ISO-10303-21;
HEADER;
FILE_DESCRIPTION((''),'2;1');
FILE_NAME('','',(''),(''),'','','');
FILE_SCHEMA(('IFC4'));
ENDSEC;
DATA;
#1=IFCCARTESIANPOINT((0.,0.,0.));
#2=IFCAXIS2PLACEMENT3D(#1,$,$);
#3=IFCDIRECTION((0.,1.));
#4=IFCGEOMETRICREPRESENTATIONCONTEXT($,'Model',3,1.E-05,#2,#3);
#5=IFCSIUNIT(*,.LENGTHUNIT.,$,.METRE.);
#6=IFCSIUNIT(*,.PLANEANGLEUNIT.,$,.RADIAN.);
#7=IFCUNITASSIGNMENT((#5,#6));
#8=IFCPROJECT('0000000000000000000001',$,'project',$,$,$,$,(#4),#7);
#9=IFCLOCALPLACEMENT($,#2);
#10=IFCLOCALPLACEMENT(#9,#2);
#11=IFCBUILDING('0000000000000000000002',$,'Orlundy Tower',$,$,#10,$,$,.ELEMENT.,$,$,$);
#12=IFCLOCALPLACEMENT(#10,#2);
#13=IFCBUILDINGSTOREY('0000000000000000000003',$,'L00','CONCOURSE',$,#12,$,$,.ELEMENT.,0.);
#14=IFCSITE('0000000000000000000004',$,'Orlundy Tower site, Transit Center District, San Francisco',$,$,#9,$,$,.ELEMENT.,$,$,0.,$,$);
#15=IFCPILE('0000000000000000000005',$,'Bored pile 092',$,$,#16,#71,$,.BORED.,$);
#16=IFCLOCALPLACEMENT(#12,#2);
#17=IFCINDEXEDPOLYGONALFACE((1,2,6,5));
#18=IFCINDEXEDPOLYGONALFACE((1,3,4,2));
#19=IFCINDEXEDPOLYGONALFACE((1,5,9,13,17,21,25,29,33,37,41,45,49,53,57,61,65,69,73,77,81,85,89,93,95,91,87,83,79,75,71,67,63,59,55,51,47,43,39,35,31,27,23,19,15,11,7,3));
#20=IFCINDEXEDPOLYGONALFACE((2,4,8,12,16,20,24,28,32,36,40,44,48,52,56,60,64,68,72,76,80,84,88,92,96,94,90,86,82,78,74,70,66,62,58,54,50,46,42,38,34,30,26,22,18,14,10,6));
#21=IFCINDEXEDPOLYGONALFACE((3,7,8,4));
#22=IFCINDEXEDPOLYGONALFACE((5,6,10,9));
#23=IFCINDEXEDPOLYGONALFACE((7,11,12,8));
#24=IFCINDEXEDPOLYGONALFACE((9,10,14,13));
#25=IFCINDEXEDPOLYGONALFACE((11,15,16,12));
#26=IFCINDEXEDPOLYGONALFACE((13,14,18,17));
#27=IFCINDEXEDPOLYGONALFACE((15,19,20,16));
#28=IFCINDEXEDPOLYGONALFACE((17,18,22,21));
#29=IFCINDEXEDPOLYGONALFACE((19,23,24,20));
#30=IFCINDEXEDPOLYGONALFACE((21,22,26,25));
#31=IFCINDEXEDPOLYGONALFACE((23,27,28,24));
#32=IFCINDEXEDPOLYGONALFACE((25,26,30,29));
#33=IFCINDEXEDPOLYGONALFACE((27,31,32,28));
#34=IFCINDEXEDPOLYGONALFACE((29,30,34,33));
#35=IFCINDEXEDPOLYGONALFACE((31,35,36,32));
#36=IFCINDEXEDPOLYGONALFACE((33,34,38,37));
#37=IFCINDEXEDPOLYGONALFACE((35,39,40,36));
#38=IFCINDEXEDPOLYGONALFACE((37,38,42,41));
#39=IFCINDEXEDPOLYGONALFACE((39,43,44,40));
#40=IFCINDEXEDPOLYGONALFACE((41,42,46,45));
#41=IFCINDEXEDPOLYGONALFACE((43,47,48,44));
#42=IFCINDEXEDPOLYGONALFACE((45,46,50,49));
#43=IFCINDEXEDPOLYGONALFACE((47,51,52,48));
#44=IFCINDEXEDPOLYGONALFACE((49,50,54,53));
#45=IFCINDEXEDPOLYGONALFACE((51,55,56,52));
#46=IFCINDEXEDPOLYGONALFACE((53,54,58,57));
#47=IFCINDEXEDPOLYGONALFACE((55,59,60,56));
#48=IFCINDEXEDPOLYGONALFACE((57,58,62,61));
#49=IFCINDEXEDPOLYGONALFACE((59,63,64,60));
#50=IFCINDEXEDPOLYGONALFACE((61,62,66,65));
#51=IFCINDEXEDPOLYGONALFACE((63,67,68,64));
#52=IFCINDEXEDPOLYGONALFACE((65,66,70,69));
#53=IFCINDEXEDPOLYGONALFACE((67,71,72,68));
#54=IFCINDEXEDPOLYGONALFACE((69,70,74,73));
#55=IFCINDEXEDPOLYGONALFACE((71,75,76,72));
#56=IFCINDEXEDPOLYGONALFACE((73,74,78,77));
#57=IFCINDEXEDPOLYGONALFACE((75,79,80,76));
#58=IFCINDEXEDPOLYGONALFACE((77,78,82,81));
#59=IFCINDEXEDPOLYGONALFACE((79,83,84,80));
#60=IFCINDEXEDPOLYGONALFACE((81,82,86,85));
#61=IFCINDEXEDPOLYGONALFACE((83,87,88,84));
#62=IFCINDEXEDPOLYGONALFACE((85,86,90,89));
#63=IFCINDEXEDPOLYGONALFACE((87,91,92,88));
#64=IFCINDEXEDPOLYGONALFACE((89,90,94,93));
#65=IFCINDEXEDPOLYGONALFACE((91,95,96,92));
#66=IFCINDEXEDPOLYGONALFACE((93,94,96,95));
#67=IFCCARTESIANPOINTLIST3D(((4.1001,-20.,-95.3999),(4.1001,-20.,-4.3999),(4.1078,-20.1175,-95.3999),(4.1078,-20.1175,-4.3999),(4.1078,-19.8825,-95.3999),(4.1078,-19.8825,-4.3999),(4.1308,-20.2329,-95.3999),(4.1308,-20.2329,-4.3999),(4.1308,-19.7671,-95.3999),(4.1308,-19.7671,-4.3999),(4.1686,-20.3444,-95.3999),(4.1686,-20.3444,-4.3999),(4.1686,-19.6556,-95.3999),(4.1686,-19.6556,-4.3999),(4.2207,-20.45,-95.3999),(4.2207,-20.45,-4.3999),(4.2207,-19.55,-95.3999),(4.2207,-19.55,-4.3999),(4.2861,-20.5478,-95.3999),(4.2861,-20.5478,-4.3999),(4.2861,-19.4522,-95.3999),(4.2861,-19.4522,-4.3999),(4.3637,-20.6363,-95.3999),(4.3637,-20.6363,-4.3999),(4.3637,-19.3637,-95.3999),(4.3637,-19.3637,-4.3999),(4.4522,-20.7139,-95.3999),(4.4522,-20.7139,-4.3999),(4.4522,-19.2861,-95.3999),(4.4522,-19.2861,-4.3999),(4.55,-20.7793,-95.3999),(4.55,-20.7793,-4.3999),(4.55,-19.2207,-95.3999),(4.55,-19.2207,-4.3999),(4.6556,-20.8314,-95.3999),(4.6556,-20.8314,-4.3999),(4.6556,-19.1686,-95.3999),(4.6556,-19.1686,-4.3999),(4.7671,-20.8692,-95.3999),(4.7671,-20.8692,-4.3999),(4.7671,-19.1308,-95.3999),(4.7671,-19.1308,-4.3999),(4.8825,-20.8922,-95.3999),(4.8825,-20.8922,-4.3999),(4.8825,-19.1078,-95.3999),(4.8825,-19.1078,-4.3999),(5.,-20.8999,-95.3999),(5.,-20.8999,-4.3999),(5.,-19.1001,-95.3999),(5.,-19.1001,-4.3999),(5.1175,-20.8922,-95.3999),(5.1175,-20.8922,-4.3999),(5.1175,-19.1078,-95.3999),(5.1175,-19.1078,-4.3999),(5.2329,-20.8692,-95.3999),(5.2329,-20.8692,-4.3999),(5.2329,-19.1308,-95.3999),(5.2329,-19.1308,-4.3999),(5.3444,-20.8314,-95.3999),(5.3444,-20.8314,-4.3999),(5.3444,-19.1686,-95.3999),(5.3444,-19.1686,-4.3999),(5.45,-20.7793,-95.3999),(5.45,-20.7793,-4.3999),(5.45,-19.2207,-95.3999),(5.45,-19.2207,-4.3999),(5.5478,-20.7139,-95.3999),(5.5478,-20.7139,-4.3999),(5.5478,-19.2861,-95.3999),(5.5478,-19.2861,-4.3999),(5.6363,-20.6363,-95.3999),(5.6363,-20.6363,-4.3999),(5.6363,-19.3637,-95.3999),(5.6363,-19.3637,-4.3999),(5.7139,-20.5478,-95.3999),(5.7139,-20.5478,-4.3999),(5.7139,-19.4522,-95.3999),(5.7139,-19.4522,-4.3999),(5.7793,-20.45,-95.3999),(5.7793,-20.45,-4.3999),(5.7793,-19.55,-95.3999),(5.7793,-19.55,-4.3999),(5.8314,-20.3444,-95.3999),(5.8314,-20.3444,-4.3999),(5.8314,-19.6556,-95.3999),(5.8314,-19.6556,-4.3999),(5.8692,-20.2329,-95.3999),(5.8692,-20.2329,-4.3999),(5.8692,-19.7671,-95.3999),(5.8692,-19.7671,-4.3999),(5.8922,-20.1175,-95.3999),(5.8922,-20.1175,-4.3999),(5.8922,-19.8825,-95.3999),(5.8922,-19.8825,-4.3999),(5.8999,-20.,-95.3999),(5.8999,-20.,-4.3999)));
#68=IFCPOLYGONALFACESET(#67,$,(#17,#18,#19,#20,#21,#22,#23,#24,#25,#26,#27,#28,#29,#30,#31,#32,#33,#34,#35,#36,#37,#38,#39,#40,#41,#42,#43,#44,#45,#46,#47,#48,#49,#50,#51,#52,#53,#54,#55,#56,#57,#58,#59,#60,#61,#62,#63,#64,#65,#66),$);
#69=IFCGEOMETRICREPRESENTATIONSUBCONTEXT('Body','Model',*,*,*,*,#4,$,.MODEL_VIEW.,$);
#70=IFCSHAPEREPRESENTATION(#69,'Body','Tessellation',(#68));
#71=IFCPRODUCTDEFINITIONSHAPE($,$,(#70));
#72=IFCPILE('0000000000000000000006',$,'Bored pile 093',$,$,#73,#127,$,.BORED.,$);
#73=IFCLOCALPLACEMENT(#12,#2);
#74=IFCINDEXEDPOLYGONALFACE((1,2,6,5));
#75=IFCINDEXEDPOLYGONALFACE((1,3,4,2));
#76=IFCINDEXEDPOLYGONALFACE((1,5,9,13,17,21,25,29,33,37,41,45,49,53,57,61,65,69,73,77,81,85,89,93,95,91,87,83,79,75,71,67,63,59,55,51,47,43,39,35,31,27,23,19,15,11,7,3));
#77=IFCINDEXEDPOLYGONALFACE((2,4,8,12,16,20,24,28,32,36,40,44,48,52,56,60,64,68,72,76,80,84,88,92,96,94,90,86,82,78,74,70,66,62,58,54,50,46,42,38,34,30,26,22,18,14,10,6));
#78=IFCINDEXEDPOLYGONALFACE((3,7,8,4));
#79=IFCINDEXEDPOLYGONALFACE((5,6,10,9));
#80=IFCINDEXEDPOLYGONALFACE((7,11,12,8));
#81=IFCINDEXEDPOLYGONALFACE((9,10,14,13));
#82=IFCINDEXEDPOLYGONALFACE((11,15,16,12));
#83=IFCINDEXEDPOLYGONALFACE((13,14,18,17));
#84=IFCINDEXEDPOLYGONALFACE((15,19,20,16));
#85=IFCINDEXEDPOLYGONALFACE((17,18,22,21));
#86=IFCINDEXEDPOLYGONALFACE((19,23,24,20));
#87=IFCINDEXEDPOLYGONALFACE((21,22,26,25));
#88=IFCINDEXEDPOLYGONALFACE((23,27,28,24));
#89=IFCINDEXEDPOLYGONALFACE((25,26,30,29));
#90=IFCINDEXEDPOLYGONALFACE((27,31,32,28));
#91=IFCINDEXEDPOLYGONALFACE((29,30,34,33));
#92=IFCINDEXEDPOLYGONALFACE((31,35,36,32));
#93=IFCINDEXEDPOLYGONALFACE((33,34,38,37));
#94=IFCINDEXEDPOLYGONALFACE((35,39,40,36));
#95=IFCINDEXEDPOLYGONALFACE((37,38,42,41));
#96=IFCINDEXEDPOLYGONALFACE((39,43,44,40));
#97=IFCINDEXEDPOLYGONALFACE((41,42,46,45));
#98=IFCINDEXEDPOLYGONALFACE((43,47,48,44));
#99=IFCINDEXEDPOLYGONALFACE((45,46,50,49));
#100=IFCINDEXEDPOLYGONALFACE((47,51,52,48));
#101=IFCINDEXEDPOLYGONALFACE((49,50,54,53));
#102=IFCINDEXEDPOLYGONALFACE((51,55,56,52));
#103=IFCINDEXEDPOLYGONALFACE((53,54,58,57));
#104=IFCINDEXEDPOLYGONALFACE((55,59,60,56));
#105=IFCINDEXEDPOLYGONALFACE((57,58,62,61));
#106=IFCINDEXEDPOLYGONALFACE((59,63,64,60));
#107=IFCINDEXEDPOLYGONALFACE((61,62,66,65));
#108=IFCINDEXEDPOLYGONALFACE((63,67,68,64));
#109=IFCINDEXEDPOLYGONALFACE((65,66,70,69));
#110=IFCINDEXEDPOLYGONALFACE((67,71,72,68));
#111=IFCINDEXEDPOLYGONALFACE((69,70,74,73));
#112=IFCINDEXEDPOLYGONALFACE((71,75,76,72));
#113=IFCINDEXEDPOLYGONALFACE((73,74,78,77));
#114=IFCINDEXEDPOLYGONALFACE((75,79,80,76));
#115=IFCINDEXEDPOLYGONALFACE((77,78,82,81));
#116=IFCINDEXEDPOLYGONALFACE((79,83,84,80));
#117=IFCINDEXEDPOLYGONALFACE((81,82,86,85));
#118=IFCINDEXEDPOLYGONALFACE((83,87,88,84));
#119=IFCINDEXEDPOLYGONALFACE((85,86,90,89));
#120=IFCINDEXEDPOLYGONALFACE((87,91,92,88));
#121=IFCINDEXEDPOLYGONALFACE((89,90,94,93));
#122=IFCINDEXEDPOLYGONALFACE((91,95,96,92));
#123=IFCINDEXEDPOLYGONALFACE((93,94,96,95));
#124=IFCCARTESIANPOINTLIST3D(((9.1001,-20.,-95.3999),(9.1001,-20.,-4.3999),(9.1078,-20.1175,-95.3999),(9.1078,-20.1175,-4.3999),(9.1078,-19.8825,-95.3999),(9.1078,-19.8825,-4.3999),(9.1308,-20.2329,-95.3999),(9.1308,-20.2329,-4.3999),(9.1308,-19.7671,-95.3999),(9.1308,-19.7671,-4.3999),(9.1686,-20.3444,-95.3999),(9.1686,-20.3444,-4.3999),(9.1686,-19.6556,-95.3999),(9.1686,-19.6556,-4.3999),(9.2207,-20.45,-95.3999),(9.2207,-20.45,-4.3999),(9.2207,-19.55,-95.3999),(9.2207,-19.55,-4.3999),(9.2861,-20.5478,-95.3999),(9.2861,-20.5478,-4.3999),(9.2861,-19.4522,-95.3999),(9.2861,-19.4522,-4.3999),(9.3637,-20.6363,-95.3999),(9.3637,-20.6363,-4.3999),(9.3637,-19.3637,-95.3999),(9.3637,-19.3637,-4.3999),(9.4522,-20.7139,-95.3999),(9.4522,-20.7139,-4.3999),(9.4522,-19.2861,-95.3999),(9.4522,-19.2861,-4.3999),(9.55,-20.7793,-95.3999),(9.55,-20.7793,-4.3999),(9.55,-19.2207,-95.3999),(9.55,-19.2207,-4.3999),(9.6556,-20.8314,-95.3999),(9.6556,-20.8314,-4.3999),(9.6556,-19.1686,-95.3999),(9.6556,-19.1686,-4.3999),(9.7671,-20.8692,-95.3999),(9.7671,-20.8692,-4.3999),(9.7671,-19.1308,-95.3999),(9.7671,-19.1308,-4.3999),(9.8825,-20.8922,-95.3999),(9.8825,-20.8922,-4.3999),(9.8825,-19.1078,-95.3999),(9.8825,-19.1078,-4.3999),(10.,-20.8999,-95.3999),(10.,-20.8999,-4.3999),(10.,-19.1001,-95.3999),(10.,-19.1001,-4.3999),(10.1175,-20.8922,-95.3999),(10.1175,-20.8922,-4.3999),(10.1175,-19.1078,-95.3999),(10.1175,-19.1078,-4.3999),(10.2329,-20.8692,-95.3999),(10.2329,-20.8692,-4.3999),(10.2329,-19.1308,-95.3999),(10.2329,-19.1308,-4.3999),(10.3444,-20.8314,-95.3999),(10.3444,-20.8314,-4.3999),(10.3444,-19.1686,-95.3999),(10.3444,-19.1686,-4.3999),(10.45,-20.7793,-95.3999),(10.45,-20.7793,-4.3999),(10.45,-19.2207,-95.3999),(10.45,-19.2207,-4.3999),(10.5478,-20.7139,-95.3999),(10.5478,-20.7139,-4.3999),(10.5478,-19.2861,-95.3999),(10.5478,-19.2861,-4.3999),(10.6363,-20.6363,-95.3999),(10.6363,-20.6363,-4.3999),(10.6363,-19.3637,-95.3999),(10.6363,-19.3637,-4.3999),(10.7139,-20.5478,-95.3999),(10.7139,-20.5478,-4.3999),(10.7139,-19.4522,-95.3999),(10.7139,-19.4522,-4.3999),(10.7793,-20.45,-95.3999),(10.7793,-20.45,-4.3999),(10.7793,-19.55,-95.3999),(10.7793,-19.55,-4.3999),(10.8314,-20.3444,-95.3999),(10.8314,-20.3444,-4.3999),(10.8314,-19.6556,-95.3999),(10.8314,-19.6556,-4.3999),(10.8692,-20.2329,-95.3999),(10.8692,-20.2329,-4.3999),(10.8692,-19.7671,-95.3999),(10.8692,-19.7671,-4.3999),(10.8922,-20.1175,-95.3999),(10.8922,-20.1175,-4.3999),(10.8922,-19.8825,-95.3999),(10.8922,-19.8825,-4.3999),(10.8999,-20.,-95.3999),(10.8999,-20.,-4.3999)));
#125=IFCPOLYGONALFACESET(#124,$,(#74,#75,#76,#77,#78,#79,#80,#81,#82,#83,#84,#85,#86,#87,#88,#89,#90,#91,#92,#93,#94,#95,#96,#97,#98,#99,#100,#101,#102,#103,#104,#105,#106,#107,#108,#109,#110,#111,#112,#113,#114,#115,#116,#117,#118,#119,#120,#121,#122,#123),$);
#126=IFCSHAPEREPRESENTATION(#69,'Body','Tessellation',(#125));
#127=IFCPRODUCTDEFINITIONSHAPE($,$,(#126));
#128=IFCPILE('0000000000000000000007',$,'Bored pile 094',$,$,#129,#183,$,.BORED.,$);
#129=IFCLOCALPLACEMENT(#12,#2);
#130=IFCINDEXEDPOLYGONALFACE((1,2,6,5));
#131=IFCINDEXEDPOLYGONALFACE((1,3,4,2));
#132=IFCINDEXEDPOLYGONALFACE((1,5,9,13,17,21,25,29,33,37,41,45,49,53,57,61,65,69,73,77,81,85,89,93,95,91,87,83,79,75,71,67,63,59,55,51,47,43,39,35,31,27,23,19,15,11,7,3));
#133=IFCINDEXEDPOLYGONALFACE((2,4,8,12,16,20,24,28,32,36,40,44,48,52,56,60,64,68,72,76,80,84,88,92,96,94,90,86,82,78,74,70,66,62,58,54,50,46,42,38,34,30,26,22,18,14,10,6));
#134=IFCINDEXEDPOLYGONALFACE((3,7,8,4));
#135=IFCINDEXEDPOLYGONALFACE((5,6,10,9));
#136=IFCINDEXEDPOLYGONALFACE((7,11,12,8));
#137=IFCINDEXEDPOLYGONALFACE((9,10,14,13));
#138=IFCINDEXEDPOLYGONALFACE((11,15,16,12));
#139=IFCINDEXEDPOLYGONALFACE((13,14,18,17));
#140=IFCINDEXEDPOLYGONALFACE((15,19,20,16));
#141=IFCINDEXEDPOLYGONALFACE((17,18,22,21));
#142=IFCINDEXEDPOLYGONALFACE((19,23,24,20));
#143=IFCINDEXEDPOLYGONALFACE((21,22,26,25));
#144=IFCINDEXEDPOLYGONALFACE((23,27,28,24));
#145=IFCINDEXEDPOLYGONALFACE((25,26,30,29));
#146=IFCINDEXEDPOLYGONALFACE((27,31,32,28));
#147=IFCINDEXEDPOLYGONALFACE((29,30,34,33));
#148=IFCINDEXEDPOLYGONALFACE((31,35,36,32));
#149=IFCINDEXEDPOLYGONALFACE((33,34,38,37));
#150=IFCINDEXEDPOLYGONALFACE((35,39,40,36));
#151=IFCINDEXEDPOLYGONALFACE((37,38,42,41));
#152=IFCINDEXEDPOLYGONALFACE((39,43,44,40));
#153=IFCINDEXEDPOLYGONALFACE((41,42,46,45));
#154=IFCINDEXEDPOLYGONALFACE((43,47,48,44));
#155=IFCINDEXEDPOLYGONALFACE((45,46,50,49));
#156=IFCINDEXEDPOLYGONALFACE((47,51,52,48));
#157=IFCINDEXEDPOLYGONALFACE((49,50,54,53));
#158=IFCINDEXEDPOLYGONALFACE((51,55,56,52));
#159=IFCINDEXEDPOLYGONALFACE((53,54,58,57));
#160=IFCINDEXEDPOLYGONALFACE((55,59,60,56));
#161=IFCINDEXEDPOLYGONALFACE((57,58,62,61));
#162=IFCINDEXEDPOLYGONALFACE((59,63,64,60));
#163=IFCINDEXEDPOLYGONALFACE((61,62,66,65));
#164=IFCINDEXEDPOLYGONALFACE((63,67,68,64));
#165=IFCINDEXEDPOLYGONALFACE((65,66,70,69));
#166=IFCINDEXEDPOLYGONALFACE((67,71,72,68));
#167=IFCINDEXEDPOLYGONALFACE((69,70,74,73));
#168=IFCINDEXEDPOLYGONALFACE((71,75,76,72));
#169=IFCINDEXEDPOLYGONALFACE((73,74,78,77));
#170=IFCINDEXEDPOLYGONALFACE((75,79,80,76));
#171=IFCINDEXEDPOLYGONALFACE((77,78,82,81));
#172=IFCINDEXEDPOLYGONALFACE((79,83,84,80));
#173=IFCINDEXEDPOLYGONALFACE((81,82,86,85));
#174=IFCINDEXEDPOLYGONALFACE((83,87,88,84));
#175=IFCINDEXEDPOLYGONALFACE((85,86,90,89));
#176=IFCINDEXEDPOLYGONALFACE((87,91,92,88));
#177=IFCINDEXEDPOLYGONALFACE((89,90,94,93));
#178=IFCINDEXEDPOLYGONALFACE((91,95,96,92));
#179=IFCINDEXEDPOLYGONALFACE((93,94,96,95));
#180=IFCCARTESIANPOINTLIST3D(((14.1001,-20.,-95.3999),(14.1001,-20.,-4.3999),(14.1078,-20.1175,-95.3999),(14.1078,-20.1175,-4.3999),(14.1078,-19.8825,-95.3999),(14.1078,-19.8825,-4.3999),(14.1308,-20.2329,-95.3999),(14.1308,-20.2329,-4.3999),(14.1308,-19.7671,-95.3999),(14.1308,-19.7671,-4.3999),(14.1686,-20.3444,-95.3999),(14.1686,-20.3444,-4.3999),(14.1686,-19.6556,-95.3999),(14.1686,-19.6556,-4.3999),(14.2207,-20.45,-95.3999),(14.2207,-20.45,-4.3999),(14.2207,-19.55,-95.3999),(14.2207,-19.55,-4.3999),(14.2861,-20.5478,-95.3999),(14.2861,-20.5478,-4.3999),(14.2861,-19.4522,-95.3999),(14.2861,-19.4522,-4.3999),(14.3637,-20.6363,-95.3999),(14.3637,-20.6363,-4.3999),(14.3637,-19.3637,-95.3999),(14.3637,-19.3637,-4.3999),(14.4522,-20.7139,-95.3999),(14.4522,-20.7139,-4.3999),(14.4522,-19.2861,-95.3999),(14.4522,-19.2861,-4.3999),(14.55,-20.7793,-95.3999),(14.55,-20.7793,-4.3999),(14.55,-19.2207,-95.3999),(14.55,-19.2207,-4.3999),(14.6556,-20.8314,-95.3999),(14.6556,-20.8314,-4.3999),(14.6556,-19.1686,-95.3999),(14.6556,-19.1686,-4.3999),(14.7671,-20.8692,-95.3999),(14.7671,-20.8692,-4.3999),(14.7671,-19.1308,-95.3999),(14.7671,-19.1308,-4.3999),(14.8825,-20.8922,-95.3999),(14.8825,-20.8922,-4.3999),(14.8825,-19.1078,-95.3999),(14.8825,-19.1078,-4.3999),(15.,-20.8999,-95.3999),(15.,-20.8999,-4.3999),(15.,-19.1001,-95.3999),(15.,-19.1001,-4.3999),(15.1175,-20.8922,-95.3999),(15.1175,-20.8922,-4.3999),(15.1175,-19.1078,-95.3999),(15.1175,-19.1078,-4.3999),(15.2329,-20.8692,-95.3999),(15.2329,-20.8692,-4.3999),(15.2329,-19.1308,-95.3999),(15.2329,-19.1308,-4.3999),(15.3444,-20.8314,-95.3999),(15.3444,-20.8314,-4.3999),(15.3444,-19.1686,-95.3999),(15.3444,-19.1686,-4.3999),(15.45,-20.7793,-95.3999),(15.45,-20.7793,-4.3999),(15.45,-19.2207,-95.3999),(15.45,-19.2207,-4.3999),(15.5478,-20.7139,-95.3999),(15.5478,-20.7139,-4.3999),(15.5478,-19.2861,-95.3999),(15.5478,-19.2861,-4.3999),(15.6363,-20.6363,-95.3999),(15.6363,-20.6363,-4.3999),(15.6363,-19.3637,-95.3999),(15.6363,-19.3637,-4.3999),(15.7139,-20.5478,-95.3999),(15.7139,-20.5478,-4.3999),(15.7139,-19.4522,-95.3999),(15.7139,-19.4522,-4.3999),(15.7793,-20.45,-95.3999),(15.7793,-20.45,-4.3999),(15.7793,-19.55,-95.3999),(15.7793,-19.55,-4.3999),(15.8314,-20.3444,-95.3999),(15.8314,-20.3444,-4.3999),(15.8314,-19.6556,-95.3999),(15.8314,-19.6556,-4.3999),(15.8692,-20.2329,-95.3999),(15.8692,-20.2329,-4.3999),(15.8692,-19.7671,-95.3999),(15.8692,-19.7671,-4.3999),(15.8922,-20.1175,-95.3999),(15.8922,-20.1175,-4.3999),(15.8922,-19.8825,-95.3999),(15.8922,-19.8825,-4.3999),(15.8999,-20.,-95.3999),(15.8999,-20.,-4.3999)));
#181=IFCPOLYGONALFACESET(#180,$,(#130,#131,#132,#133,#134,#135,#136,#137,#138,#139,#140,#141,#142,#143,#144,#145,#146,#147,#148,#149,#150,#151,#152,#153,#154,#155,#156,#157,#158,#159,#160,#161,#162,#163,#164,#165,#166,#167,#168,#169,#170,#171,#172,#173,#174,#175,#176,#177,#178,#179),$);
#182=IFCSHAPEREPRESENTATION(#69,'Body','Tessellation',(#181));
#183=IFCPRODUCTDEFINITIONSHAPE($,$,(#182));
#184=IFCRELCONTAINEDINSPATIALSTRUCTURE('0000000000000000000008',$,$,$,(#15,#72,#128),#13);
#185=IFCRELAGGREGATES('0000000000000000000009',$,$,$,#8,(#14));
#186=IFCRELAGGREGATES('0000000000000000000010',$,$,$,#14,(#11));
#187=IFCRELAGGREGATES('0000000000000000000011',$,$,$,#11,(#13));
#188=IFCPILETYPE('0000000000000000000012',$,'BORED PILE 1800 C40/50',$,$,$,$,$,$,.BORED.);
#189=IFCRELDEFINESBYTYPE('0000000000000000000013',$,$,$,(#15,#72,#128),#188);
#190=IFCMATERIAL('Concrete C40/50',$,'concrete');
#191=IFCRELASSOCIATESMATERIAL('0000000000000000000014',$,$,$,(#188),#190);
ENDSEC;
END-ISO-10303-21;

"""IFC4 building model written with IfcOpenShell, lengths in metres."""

from ifc_helpers import new_model, si_unit, direction, frame, origin, origin_2d, place, context, subcontext, project, spatial, circle, extrude, material, material_profile, profile_set, type_object, element, save


model = new_model("IFC4")

# Units and contexts
model_context = context("Model", 3, precision=1e-05, world=origin(), true_north=direction((0.0, 1.0)))
body_context = subcontext(model_context, "Body", "Model", "MODEL_VIEW")
ifc_project = project(units=[si_unit("LENGTHUNIT", "METRE"), si_unit("PLANEANGLEUNIT", "RADIAN")], contexts=[model_context])

# Site, building, storey
site_placement = place(None, origin())
site = spatial("IfcSite", under=ifc_project, at=site_placement, Name="Orlundy Tower site, Transit Center District, San Francisco", CompositionType="ELEMENT", RefElevation=0.0)
building_placement = place(site_placement, origin())
building = spatial("IfcBuilding", under=site, at=building_placement, Name="Orlundy Tower", CompositionType="ELEMENT")
storey_placement = place(building_placement, origin())
storey = spatial("IfcBuildingStorey", under=building, at=storey_placement, Name="L00", Description="CONCOURSE", CompositionType="ELEMENT", Elevation=0.0)

# Piles
ifc_material_1 = material(Name="Concrete C40/50", Category="concrete")
ifc_material_profile_1 = material_profile(ifc_material_1, circle(Radius=0.8999, at=origin_2d()), Name="BP1800")
ifc_profile_set_1 = profile_set([ifc_material_profile_1], Name="Concrete C40/50")
pile_type = type_object("IfcPileType", Name="BORED PILE 1800 C40/50", PredefinedType="BORED", material=ifc_profile_set_1)
for number, where, z_axis, x_axis, name in (
    (1, (5.0, -20.0, -4.3999), (0.0, 0.0, -1.0), (1.0, 0.0, 0.0), "Bored pile 092"),
    (2, (10.0, -20.0, -4.3999), (0.0, 0.0, -1.0), (1.0, 0.0, 0.0), "Bored pile 093"),
    (3, (15.0, -20.0, -4.3999), (0.0, 0.0, -1.0), (1.0, 0.0, 0.0), "Bored pile 094"),
):
    element("IfcPile", number, at=place(storey_placement, frame(where, z_axis=z_axis, x_axis=x_axis)), inside=storey, type_object=pile_type, Name=name, PredefinedType="BORED", context=body_context, shape_type="SweptSolid", body=[
        extrude(circle(Radius=0.8999, at=origin_2d()), origin(), (0.0, 0.0, 1.0), 91.0),
    ])

save(model, "model.ifc")
